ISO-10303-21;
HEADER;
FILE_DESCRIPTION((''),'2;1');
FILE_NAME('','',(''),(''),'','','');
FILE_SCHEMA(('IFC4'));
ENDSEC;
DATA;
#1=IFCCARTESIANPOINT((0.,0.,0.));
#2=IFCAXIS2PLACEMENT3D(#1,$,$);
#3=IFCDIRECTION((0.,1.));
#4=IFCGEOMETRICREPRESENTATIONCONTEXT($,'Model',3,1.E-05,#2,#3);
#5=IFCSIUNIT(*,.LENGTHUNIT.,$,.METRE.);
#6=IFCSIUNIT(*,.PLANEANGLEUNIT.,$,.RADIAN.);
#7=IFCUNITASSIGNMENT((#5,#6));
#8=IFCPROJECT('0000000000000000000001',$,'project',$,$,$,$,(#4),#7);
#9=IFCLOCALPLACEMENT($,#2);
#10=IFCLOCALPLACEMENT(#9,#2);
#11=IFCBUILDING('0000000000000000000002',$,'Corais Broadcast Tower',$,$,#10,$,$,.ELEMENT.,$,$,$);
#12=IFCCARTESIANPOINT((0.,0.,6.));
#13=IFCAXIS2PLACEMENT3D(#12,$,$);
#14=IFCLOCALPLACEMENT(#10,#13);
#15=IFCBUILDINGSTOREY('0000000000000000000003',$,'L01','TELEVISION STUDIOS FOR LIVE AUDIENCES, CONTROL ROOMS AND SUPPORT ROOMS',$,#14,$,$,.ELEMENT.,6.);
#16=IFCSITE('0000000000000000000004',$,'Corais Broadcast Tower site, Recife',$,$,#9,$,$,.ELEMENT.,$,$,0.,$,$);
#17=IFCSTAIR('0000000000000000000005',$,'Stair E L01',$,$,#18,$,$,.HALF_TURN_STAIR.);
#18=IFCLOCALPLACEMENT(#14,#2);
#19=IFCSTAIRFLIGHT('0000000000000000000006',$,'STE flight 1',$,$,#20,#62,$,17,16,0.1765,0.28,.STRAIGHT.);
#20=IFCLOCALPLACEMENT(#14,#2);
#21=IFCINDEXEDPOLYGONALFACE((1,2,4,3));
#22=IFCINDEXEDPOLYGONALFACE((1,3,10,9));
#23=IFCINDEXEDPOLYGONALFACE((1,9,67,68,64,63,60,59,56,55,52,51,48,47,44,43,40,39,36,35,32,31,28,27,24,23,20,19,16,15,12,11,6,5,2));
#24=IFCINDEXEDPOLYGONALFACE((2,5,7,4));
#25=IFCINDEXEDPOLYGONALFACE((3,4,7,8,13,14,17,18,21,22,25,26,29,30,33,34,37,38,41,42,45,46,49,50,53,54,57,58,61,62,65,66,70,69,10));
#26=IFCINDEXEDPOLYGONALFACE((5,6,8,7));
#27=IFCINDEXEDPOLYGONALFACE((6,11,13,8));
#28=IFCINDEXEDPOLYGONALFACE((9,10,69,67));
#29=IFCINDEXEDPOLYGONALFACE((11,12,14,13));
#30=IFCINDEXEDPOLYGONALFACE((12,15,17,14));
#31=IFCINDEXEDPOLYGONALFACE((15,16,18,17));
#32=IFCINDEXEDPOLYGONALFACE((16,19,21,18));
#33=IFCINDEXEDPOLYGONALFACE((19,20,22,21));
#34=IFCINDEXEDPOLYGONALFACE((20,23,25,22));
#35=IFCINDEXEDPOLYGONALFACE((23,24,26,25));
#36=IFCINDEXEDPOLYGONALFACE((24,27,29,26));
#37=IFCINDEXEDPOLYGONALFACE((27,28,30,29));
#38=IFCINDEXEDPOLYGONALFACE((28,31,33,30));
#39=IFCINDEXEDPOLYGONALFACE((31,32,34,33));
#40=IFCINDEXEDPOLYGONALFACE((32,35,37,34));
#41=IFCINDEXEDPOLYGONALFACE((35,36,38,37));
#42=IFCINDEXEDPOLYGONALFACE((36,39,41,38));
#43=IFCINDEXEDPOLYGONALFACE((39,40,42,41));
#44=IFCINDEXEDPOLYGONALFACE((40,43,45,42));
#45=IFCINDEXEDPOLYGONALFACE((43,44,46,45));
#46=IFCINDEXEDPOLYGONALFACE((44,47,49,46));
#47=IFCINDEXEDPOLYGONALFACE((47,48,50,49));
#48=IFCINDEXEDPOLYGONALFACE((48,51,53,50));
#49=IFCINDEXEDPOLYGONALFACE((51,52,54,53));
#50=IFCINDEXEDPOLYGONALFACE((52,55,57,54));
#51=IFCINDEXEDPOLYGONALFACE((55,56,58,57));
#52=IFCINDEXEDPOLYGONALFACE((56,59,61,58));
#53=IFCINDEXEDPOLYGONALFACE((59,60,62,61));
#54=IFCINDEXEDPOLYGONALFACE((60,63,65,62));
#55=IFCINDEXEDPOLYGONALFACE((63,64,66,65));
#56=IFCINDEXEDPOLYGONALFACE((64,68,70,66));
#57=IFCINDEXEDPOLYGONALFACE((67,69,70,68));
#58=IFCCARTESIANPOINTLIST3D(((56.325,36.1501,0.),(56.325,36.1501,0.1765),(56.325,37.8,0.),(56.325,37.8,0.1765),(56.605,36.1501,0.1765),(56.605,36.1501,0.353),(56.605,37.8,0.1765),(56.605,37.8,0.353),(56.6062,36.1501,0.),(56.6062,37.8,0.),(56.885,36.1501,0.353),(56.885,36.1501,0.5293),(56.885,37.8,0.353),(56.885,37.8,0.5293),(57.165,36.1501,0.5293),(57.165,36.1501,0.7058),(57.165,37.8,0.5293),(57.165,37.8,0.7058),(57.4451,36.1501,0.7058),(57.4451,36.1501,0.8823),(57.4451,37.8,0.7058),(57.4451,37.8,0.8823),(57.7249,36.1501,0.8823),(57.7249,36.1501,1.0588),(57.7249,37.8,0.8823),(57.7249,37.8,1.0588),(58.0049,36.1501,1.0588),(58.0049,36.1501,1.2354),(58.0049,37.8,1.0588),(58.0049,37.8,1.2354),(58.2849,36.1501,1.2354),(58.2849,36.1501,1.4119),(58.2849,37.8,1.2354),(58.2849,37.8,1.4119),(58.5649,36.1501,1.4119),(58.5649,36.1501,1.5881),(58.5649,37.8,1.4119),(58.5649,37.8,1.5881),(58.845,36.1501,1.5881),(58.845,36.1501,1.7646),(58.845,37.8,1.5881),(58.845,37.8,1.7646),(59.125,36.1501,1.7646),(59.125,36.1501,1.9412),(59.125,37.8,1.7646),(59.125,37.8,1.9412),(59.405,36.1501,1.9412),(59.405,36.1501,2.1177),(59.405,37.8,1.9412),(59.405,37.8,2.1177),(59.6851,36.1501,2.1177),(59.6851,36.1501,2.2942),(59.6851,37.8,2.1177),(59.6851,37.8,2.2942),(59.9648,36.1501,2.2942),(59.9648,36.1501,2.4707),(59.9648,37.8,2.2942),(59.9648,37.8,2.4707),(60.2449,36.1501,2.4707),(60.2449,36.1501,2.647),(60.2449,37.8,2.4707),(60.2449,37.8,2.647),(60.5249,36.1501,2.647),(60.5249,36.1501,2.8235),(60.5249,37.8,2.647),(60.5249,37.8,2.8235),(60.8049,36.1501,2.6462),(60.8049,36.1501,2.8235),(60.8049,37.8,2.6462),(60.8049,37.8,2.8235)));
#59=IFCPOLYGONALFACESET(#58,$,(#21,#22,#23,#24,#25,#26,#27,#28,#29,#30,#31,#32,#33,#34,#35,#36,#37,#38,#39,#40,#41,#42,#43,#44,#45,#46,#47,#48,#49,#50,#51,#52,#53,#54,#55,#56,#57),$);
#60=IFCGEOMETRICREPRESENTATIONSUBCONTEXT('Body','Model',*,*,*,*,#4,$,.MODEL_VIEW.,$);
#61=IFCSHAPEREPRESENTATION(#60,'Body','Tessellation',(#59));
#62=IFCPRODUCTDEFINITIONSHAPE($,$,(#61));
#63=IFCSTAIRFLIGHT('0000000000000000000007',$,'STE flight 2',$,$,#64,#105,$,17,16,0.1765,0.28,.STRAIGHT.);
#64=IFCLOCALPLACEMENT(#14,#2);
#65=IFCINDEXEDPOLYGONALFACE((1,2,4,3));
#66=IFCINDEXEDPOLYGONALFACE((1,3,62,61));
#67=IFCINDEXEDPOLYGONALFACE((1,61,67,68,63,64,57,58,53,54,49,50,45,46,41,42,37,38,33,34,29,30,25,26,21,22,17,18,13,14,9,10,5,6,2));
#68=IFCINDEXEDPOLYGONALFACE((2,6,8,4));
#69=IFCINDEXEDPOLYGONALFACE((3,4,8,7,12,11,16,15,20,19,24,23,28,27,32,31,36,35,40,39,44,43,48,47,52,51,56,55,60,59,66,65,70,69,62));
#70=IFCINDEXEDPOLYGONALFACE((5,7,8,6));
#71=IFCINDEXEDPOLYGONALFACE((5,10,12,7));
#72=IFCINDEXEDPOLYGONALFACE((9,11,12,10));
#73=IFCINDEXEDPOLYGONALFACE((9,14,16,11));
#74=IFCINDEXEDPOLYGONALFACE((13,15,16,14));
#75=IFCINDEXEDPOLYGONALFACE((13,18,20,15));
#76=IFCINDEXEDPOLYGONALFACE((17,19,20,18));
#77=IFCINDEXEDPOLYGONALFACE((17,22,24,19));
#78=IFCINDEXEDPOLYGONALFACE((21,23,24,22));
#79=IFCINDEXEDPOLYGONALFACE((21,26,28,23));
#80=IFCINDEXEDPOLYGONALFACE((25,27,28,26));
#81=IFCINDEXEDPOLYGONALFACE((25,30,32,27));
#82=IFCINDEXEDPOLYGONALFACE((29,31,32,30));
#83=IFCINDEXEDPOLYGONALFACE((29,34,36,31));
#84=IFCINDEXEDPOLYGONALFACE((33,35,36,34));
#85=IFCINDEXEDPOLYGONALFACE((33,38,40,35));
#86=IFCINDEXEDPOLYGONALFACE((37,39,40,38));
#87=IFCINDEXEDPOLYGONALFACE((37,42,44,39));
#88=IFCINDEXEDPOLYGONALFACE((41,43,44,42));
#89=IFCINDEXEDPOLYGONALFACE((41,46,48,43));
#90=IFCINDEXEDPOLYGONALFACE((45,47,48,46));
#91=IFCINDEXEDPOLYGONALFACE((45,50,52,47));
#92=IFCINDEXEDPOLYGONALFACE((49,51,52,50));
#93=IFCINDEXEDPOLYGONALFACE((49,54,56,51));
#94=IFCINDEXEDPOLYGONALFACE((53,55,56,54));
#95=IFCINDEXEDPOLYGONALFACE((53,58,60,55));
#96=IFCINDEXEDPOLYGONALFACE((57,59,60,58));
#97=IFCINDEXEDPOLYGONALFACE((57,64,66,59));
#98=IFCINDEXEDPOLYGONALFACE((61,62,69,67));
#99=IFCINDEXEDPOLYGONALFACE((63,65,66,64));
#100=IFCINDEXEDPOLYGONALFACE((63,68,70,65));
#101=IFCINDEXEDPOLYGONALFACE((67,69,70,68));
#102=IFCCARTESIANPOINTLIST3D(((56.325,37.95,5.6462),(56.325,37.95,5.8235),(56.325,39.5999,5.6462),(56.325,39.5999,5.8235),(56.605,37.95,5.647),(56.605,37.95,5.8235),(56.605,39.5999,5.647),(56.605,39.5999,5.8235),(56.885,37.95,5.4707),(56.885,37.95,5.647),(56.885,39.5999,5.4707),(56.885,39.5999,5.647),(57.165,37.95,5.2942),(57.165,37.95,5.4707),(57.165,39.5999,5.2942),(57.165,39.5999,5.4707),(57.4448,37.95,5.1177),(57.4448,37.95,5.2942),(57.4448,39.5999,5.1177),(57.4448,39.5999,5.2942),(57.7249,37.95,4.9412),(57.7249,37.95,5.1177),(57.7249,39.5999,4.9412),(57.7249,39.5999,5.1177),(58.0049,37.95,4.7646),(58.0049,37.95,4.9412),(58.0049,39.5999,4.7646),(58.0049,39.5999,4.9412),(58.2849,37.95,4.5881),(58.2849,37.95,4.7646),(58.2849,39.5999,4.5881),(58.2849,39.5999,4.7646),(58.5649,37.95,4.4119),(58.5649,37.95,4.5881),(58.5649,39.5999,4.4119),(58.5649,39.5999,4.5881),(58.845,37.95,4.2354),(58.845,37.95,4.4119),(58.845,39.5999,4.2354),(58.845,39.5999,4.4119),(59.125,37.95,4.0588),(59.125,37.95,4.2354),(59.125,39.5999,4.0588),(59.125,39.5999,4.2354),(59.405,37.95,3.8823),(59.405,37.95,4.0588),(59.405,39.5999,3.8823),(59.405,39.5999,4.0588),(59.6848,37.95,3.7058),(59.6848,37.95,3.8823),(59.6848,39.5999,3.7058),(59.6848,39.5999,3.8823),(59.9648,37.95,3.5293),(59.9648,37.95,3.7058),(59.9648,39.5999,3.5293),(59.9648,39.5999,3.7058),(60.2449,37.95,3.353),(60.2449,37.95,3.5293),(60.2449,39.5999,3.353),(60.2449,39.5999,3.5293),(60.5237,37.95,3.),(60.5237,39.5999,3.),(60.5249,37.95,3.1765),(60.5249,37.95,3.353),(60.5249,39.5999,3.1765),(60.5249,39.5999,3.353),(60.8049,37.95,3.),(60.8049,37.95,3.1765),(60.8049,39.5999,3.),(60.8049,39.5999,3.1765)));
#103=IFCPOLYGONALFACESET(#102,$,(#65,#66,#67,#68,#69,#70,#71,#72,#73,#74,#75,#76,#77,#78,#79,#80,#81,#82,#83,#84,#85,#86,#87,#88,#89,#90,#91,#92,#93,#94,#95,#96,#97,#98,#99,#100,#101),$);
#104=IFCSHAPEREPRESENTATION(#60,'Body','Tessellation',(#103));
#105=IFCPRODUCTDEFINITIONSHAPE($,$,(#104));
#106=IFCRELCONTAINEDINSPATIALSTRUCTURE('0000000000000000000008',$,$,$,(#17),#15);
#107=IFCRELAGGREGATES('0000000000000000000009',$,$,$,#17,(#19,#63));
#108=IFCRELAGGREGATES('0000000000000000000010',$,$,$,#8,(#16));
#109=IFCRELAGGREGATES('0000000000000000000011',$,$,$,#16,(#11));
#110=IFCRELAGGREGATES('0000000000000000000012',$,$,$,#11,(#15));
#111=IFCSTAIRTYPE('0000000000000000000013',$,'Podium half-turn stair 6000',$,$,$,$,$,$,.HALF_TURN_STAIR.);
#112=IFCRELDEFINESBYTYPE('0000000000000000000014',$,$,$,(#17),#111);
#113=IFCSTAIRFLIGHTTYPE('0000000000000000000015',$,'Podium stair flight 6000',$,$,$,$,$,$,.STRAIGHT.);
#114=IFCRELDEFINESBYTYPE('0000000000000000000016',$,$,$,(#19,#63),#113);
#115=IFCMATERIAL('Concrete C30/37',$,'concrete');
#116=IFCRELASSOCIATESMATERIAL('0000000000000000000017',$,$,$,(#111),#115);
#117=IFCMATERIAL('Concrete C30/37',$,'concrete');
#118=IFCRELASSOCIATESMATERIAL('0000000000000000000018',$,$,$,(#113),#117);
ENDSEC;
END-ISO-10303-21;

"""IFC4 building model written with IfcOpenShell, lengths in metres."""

from ifc_helpers import new_model, si_unit, direction, frame, origin, place, context, subcontext, project, spatial, polyline, outline, extrude, material, type_object, element, aggregate, save


model = new_model("IFC4")

# Units and contexts
model_context = context("Model", 3, precision=1e-05, world=origin(), true_north=direction((0.0, 1.0)))
body_context = subcontext(model_context, "Body", "Model", "MODEL_VIEW")
ifc_project = project(units=[si_unit("LENGTHUNIT", "METRE"), si_unit("PLANEANGLEUNIT", "RADIAN")], contexts=[model_context])

# Site, building, storey
site_placement = place(None, origin())
site = spatial("IfcSite", under=ifc_project, at=site_placement, Name="Corais Broadcast Tower site, Recife", CompositionType="ELEMENT", RefElevation=0.0)
building_placement = place(site_placement, origin())
building = spatial("IfcBuilding", under=site, at=building_placement, Name="Corais Broadcast Tower", CompositionType="ELEMENT")
storey_placement = place(building_placement, frame((0.0, 0.0, 6.0)))
storey = spatial("IfcBuildingStorey", under=building, at=storey_placement, Name="L01", Description="TELEVISION STUDIOS FOR LIVE AUDIENCES, CONTROL ROOMS AND SUPPORT ROOMS", CompositionType="ELEMENT", Elevation=6.0)

# Stair, stair flights
ifc_material_1 = material(Name="Concrete C30/37", Category="concrete")
stair_type = type_object("IfcStairType", Name="Podium half-turn stair 6000", PredefinedType="HALF_TURN_STAIR", material=ifc_material_1)
stair_placement = place(storey_placement, origin())
stair = element("IfcStair", 1, at=stair_placement, inside=storey, type_object=stair_type, Name="Stair E L01", PredefinedType="HALF_TURN_STAIR")
ifc_material_2 = material(Name="Concrete C30/37", Category="concrete")
stair_flight_type = type_object("IfcStairFlightType", Name="Podium stair flight 6000", PredefinedType="STRAIGHT", material=ifc_material_2)
stair_flight_1_placement = place(storey_placement, frame((56.325, 36.9751, 0.0), z_axis=(0.0, 0.0, 1.0), x_axis=(1.0, 0.0, 0.0)))
stair_flight_1 = element("IfcStairFlight", 2, at=stair_flight_1_placement, type_object=stair_flight_type, Name="STE flight 1", NumberOfRisers=17, NumberOfTreads=16, PredefinedType="STRAIGHT", RiserHeight=0.1765, TreadLength=0.28, context=body_context, shape_type="SweptSolid", body=[
    extrude(outline(polyline([(0.0, 0.0), (0.0, 0.1765), (0.28, 0.1765), (0.28, 0.353), (0.5601, 0.353), (0.5601, 0.5293), (0.8401, 0.5293), (0.8401, 0.7058), (1.1201, 0.7058), (1.1201, 0.8823), (1.3999, 0.8823), (1.3999, 1.0588), (1.6799, 1.0588), (1.6799, 1.2354), (1.96, 1.2354), (1.96, 1.4119), (2.24, 1.4119), (2.24, 1.5881), (2.52, 1.5881), (2.52, 1.7646), (2.8, 1.7646), (2.8, 1.9412), (3.0801, 1.9412), (3.0801, 2.1177), (3.3601, 2.1177), (3.3601, 2.2942), (3.6399, 2.2942), (3.6399, 2.4707), (3.9199, 2.4707), (3.9199, 2.647), (4.2, 2.647), (4.2, 2.8235), (4.48, 2.8235), (4.48, 3.0), (4.48, 2.6462), (0.2812, 0.0), (0.0, 0.0)])), frame((0.0, 0.825, 0.0), z_axis=(0.0, -1.0, 0.0), x_axis=(1.0, 0.0, 0.0)), (0.0, 0.0, 1.0), 1.6499),
])
stair_flight_2_placement = place(storey_placement, frame((60.8049, 38.7749, 3.0), z_axis=(0.0, 0.0, 1.0), x_axis=(-1.0, 0.0, 0.0)))
stair_flight_2 = element("IfcStairFlight", 3, at=stair_flight_2_placement, type_object=stair_flight_type, Name="STE flight 2", NumberOfRisers=17, NumberOfTreads=16, PredefinedType="STRAIGHT", RiserHeight=0.1765, TreadLength=0.28, context=body_context, shape_type="SweptSolid", body=[
    extrude(outline(polyline([(0.0, 0.0), (0.0, 0.1765), (0.28, 0.1765), (0.28, 0.353), (0.5601, 0.353), (0.5601, 0.5293), (0.8401, 0.5293), (0.8401, 0.7058), (1.1201, 0.7058), (1.1201, 0.8823), (1.3999, 0.8823), (1.3999, 1.0588), (1.6799, 1.0588), (1.6799, 1.2354), (1.96, 1.2354), (1.96, 1.4119), (2.24, 1.4119), (2.24, 1.5881), (2.52, 1.5881), (2.52, 1.7646), (2.8, 1.7646), (2.8, 1.9412), (3.0801, 1.9412), (3.0801, 2.1177), (3.3601, 2.1177), (3.3601, 2.2942), (3.6399, 2.2942), (3.6399, 2.4707), (3.9199, 2.4707), (3.9199, 2.647), (4.2, 2.647), (4.2, 2.8235), (4.48, 2.8235), (4.48, 3.0), (4.48, 2.6462), (0.2812, 0.0), (0.0, 0.0)])), frame((0.0, 0.825, 0.0), z_axis=(0.0, -1.0, 0.0), x_axis=(1.0, 0.0, 0.0)), (0.0, 0.0, 1.0), 1.6499),
])
aggregate(stair, [stair_flight_1, stair_flight_2])

save(model, "model.ifc")
